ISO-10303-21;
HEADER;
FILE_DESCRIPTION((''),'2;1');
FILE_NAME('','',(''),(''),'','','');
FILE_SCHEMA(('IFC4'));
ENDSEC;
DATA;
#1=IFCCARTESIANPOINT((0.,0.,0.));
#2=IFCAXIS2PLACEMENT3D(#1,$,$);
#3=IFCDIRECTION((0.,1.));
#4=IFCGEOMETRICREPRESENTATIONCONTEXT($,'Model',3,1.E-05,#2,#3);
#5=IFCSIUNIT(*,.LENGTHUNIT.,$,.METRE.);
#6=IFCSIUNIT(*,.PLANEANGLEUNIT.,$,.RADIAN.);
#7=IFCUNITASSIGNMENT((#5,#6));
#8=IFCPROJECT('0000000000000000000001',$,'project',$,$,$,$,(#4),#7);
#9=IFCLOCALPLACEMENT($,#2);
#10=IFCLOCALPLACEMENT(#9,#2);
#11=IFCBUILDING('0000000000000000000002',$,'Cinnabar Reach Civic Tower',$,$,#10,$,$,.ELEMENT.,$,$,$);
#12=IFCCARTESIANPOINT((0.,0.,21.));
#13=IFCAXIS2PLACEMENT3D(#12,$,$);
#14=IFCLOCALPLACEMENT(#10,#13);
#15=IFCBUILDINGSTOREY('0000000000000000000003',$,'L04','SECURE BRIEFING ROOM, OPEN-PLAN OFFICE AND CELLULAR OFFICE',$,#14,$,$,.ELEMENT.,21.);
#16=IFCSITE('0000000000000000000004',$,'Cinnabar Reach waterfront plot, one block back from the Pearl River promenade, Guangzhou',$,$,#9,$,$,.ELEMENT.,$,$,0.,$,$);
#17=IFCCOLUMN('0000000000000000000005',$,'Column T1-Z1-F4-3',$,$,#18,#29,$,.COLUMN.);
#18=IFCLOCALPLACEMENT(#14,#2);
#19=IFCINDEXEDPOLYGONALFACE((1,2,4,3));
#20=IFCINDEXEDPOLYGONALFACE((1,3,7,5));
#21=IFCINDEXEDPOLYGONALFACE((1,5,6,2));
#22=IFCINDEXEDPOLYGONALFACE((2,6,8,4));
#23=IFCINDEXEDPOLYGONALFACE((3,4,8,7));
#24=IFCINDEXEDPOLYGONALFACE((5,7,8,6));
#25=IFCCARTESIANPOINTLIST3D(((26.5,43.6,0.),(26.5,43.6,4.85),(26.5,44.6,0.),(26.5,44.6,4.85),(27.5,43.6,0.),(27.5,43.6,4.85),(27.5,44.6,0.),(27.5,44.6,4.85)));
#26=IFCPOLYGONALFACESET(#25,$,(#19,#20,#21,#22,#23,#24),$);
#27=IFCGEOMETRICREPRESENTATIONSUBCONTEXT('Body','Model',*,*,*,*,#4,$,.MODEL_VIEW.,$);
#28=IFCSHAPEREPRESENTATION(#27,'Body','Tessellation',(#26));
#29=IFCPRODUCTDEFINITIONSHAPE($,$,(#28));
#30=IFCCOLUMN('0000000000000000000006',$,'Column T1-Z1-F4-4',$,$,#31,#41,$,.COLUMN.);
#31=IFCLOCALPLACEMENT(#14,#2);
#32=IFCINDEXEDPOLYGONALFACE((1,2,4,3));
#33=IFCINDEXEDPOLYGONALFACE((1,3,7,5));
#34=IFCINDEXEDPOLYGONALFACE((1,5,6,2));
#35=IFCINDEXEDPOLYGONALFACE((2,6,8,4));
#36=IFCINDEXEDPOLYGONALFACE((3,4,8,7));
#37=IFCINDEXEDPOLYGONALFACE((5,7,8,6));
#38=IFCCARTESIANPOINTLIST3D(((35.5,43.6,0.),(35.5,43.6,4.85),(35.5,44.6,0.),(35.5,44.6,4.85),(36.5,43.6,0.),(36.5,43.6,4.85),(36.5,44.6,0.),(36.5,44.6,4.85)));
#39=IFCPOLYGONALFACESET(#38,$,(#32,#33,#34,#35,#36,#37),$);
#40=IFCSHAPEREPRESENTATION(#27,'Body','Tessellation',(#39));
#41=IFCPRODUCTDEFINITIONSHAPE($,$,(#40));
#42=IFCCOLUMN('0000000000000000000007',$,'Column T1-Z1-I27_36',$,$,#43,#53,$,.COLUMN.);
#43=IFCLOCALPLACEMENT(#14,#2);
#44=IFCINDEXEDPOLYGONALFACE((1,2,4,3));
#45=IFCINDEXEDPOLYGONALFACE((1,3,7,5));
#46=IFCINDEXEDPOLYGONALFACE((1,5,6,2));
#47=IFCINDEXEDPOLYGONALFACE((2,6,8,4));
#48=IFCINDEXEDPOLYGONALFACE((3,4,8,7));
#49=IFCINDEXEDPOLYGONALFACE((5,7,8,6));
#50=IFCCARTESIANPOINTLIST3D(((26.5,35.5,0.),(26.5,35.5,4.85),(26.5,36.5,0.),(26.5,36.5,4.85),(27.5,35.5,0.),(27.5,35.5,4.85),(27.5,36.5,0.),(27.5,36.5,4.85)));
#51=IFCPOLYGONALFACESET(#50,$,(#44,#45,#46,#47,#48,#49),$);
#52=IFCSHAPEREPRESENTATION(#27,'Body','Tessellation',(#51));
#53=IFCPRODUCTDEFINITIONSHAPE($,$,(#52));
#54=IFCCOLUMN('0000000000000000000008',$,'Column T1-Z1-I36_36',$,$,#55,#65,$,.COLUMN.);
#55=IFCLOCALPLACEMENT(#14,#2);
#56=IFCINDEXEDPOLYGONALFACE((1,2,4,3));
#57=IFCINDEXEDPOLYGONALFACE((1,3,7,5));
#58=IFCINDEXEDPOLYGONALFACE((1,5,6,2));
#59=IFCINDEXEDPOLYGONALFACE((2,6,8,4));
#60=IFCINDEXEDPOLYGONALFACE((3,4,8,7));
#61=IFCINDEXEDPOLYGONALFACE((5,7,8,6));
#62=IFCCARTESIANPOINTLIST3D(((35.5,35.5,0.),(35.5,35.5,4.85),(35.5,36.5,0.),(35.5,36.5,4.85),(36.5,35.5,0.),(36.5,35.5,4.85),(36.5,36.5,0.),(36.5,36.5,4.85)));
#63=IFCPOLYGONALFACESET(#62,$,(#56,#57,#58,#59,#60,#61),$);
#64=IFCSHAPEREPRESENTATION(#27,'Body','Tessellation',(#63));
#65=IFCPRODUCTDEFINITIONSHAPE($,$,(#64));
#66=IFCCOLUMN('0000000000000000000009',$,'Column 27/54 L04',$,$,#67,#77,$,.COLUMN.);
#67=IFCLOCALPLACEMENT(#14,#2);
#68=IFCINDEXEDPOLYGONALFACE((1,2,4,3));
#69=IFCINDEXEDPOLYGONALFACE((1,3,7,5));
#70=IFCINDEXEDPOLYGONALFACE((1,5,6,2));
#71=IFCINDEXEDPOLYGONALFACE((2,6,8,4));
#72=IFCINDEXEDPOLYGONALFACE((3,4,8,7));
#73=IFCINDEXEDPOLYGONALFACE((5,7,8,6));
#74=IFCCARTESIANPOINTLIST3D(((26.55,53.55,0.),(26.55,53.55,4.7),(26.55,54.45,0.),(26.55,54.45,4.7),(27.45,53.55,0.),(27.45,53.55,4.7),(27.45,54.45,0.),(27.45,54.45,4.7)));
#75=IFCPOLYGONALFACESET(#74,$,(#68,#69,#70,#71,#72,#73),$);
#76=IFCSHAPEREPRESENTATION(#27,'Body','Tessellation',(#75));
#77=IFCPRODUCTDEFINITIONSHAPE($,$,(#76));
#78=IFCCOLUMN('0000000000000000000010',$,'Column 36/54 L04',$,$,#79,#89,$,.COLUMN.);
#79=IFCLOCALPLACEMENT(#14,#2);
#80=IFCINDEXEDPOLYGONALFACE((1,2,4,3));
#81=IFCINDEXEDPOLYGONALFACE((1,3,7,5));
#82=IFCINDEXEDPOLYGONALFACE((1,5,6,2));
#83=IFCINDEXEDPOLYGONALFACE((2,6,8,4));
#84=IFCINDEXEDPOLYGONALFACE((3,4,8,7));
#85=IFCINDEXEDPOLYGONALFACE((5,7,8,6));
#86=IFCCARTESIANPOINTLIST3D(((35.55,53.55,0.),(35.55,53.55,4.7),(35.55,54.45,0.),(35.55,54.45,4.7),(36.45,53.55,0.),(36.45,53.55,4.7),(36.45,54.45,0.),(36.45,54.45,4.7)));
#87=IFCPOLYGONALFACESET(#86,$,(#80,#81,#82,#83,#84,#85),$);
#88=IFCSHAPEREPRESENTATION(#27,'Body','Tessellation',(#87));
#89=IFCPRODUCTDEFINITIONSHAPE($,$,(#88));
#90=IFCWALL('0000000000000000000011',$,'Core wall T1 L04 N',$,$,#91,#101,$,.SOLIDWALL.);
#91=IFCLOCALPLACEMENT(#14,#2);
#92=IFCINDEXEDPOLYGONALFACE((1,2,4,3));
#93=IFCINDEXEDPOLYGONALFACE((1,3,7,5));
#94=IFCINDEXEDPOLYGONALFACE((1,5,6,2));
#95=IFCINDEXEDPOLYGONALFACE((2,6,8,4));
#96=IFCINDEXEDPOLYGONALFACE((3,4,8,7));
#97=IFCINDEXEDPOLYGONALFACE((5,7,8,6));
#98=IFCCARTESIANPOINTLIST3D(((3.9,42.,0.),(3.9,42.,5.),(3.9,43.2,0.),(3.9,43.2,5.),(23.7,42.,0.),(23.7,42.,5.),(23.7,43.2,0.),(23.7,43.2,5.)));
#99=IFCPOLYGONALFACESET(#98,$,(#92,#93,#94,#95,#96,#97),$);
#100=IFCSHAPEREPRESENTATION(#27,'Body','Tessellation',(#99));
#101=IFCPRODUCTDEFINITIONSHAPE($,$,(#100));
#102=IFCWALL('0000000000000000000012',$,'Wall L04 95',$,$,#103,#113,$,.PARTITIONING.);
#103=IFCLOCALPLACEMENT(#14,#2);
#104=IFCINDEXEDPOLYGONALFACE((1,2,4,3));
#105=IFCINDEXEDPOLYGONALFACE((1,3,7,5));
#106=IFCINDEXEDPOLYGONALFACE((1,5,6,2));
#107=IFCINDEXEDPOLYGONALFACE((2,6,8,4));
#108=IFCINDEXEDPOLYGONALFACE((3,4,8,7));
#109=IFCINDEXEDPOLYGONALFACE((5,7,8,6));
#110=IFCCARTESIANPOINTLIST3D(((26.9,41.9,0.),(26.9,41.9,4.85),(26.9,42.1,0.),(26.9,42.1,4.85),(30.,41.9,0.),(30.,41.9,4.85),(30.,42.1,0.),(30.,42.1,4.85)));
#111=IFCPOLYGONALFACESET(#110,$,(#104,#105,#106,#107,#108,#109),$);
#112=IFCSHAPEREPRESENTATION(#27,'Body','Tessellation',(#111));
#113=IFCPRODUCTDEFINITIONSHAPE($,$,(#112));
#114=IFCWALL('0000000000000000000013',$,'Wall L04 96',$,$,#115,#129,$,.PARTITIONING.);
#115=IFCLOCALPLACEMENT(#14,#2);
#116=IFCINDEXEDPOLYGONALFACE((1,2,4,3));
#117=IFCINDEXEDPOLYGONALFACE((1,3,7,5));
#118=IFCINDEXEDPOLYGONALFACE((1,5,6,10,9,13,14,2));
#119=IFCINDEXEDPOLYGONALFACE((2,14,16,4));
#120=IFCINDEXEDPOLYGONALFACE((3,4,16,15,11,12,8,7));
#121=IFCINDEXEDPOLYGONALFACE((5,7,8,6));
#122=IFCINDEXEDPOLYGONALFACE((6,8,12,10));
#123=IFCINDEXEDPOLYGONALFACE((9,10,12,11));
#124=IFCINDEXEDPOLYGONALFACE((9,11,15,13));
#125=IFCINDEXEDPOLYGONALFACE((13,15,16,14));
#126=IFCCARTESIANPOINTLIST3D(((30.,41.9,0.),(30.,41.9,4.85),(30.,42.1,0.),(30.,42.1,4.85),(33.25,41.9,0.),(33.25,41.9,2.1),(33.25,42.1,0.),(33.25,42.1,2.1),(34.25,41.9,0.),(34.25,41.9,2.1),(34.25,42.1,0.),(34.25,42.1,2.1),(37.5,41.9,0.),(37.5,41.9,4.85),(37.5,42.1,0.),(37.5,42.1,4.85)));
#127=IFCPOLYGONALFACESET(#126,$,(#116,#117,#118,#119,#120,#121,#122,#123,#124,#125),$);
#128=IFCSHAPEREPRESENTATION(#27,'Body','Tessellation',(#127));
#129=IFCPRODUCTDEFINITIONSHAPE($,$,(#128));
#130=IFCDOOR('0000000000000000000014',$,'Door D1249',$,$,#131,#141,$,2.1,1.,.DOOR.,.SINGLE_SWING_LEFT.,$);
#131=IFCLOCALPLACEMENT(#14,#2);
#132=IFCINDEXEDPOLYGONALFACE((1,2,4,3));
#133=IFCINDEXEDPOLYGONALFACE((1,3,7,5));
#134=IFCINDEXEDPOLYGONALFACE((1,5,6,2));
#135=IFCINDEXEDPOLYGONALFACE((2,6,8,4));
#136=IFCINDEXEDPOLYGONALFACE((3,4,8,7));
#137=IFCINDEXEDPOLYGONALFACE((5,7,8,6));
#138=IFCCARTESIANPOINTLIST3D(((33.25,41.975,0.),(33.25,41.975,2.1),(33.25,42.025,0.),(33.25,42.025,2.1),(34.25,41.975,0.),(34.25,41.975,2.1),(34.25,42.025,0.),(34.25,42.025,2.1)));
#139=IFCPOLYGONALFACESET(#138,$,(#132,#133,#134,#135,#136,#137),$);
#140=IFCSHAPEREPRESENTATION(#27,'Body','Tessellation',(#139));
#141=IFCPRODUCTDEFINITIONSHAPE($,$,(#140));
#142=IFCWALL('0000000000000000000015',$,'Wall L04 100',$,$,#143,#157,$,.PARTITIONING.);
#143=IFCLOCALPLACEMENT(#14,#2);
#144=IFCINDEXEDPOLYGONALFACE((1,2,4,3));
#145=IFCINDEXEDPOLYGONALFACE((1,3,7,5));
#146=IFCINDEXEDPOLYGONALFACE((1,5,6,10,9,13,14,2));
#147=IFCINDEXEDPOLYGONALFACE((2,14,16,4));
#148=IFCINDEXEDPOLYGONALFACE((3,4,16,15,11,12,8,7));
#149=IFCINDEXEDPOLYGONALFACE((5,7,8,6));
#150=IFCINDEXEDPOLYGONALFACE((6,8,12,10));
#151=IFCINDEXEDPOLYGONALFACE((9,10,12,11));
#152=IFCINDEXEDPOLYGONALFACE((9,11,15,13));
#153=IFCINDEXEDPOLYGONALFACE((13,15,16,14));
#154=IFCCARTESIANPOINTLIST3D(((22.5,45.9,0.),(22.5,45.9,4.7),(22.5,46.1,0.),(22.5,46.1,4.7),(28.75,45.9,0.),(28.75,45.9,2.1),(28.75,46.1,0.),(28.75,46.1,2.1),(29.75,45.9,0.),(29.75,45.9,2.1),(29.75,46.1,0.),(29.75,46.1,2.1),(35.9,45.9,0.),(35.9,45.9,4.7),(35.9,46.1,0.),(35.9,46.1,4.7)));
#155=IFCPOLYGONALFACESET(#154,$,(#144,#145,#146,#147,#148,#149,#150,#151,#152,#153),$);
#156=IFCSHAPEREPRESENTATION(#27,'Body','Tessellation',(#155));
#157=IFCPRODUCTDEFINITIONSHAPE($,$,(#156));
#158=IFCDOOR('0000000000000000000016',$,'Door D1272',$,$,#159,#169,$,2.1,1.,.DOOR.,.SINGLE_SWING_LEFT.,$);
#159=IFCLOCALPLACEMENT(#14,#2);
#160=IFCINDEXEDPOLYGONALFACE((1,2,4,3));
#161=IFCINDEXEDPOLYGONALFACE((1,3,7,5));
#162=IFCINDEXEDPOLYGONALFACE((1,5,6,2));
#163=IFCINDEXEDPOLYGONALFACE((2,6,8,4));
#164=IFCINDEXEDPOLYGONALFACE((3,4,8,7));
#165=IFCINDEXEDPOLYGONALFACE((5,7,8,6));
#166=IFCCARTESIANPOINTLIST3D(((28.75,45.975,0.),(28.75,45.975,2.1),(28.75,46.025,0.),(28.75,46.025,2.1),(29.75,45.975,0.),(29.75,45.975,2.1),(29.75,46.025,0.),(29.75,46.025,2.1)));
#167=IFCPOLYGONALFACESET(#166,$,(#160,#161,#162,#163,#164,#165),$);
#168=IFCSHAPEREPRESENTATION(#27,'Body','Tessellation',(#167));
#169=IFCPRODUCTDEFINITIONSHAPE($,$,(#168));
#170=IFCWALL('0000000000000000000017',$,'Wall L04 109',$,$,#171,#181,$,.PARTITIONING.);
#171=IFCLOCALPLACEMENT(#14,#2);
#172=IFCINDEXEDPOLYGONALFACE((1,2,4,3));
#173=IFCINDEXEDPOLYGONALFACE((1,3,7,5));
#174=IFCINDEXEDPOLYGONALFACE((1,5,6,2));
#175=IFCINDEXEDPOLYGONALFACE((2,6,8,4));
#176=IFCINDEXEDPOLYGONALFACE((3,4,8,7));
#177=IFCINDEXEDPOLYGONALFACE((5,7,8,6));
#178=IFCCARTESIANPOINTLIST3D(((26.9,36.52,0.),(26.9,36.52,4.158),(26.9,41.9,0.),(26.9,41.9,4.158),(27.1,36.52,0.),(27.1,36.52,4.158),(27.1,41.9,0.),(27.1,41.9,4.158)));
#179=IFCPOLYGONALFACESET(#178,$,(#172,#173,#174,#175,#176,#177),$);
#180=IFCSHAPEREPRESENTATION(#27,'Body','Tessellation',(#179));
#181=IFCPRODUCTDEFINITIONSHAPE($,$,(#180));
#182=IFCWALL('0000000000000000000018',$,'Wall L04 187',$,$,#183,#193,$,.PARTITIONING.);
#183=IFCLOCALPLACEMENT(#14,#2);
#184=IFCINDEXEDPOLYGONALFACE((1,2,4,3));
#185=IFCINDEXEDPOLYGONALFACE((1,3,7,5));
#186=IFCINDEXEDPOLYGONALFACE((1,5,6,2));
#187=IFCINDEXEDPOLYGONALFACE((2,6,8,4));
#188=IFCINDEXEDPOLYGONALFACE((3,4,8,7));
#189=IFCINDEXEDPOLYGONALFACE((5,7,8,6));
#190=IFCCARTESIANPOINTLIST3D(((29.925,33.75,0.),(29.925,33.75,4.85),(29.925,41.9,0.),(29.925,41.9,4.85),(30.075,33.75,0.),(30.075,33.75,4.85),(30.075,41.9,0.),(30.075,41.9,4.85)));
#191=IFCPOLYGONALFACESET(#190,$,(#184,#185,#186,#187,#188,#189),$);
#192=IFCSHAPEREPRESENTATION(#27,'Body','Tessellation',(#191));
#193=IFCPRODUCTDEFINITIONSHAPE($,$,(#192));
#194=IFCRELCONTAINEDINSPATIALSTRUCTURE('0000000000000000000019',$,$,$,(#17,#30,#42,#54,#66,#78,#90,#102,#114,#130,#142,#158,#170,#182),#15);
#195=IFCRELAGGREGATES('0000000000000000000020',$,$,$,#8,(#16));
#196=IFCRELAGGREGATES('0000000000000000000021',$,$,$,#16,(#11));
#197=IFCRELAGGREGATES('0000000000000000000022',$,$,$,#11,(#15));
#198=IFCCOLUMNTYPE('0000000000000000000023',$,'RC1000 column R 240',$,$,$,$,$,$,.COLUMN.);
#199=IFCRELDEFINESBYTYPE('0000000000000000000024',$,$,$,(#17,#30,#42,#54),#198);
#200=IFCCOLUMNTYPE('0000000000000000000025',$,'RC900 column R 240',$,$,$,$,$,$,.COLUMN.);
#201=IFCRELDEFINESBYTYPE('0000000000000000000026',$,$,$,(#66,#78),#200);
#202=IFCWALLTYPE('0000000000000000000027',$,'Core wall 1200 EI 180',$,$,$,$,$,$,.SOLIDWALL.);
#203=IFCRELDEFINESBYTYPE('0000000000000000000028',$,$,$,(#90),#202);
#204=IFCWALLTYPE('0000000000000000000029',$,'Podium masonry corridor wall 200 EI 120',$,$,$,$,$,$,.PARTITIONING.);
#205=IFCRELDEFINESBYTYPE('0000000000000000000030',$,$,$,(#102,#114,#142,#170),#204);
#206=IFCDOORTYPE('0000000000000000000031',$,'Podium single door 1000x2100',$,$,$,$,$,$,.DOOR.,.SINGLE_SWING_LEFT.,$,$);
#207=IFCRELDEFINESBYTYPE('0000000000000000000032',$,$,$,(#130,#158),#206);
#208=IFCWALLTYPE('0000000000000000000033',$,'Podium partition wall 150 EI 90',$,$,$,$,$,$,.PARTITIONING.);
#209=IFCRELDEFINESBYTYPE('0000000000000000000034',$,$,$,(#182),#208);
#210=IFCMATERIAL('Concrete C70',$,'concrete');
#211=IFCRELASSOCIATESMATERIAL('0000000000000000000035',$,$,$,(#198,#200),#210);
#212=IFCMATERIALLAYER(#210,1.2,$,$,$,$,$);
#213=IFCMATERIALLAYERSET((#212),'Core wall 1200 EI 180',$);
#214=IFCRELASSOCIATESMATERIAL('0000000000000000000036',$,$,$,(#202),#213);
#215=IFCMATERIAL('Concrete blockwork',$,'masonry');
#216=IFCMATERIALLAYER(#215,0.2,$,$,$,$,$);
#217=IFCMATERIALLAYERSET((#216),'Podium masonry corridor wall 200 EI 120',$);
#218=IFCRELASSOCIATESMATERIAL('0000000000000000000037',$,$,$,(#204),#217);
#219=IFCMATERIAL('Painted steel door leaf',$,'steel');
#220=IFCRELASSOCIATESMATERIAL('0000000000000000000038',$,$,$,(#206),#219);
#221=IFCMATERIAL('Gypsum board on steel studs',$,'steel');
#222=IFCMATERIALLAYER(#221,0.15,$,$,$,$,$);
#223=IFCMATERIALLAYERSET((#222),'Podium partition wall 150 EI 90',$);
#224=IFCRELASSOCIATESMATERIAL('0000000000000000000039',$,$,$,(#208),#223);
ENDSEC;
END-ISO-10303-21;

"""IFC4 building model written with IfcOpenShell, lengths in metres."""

from ifc_helpers import new_model, si_unit, direction, frame, frame_2d, origin, origin_2d, place, context, subcontext, project, spatial, rectangle, extrude, material, layer, layer_set, material_profile, profile_set, type_object, element, fill, save


model = new_model("IFC4")

# Units and contexts
model_context = context("Model", 3, precision=1e-05, world=origin(), true_north=direction((0.0, 1.0)))
body_context = subcontext(model_context, "Body", "Model", "MODEL_VIEW")
ifc_project = project(units=[si_unit("LENGTHUNIT", "METRE"), si_unit("PLANEANGLEUNIT", "RADIAN")], contexts=[model_context])

# Site, building, storey
site_placement = place(None, origin())
site = spatial("IfcSite", under=ifc_project, at=site_placement, Name="Cinnabar Reach waterfront plot, one block back from the Pearl River promenade, Guangzhou", CompositionType="ELEMENT", RefElevation=0.0)
building_placement = place(site_placement, origin())
building = spatial("IfcBuilding", under=site, at=building_placement, Name="Cinnabar Reach Civic Tower", CompositionType="ELEMENT")
storey_placement = place(building_placement, frame((0.0, 0.0, 21.0)))
storey = spatial("IfcBuildingStorey", under=building, at=storey_placement, Name="L04", Description="SECURE BRIEFING ROOM, OPEN-PLAN OFFICE AND CELLULAR OFFICE", CompositionType="ELEMENT", Elevation=21.0)

# Columns
ifc_material_1 = material(Name="Concrete C70", Category="concrete")
ifc_material_profile_1 = material_profile(ifc_material_1, rectangle(XDim=1.0, YDim=1.0, at=origin_2d()), Name="RC1000")
ifc_profile_set_1 = profile_set([ifc_material_profile_1], Name="Concrete C70")
column_type_1 = type_object("IfcColumnType", Name="RC1000 column R 240", PredefinedType="COLUMN", material=ifc_profile_set_1)
for number, where, z_axis, x_axis, name in (
    (1, (27.0, 44.1, 0.0), (0.0, 0.0, 1.0), (1.0, 0.0, 0.0), "Column T1-Z1-F4-3"),
    (2, (36.0, 44.1, 0.0), (0.0, 0.0, 1.0), (1.0, 0.0, 0.0), "Column T1-Z1-F4-4"),
    (3, (27.0, 36.0, 0.0), (0.0, 0.0, 1.0), (1.0, 0.0, 0.0), "Column T1-Z1-I27_36"),
    (4, (36.0, 36.0, 0.0), (0.0, 0.0, 1.0), (1.0, 0.0, 0.0), "Column T1-Z1-I36_36"),
):
    element("IfcColumn", number, at=place(storey_placement, frame(where, z_axis=z_axis, x_axis=x_axis)), inside=storey, type_object=column_type_1, Name=name, PredefinedType="COLUMN", context=body_context, shape_type="SweptSolid", body=[
        extrude(rectangle(XDim=1.0, YDim=1.0, at=origin_2d()), origin(), (0.0, 0.0, 1.0), 4.85),
    ])
ifc_material_profile_2 = material_profile(ifc_material_1, rectangle(XDim=0.9, YDim=0.9, at=origin_2d()), Name="RC900")
ifc_profile_set_2 = profile_set([ifc_material_profile_2], Name="Concrete C70")
column_type_2 = type_object("IfcColumnType", Name="RC900 column R 240", PredefinedType="COLUMN", material=ifc_profile_set_2)
for number, where, z_axis, x_axis, name in (
    (5, (27.0, 54.0, 0.0), (0.0, 0.0, 1.0), (1.0, 0.0, 0.0), "Column 27/54 L04"),
    (6, (36.0, 54.0, 0.0), (0.0, 0.0, 1.0), (1.0, 0.0, 0.0), "Column 36/54 L04"),
):
    element("IfcColumn", number, at=place(storey_placement, frame(where, z_axis=z_axis, x_axis=x_axis)), inside=storey, type_object=column_type_2, Name=name, PredefinedType="COLUMN", context=body_context, shape_type="SweptSolid", body=[
        extrude(rectangle(XDim=0.9, YDim=0.9, at=origin_2d()), origin(), (0.0, 0.0, 1.0), 4.7),
    ])

# Walls
ifc_layer_1 = layer(ifc_material_1, 1.2)
ifc_layer_set_1 = layer_set([ifc_layer_1], Name="Core wall 1200 EI 180")
wall_type_1 = type_object("IfcWallType", Name="Core wall 1200 EI 180", PredefinedType="SOLIDWALL", material=ifc_layer_set_1)
wall_1_placement = place(storey_placement, frame((23.7, 42.6, 0.0), z_axis=(0.0, 0.0, 1.0), x_axis=(-1.0, 0.0, 0.0)))
element("IfcWall", 7, at=wall_1_placement, inside=storey, type_object=wall_type_1, Name="Core wall T1 L04 N", PredefinedType="SOLIDWALL", context=body_context, shape_type="SweptSolid", body=[
    extrude(rectangle(XDim=19.8, YDim=1.2, at=frame_2d((9.9, 0.0))), origin(), (0.0, 0.0, 1.0), 5.0),
])
ifc_material_2 = material(Name="Concrete blockwork", Category="masonry")
ifc_layer_2 = layer(ifc_material_2, 0.2)
ifc_layer_set_2 = layer_set([ifc_layer_2], Name="Podium masonry corridor wall 200 EI 120")
wall_type_2 = type_object("IfcWallType", Name="Podium masonry corridor wall 200 EI 120", PredefinedType="PARTITIONING", material=ifc_layer_set_2)
wall_2_placement = place(storey_placement, frame((26.9, 42.0, 0.0), z_axis=(0.0, 0.0, 1.0), x_axis=(1.0, 0.0, 0.0)))
element("IfcWall", 8, at=wall_2_placement, inside=storey, type_object=wall_type_2, Name="Wall L04 95", PredefinedType="PARTITIONING", context=body_context, shape_type="SweptSolid", body=[
    extrude(rectangle(XDim=3.1, YDim=0.2, at=frame_2d((1.55, 0.0))), origin(), (0.0, 0.0, 1.0), 4.85),
])

# Walls, openings, doors
wall_3_placement = place(storey_placement, frame((30.0, 42.0, 0.0), z_axis=(0.0, 0.0, 1.0), x_axis=(1.0, 0.0, 0.0)))
wall_3 = element("IfcWall", 9, at=wall_3_placement, inside=storey, type_object=wall_type_2, Name="Wall L04 96", PredefinedType="PARTITIONING", context=body_context, shape_type="SweptSolid", body=[
    extrude(rectangle(XDim=7.5, YDim=0.2, at=frame_2d((3.75, 0.0))), origin(), (0.0, 0.0, 1.0), 4.85),
])
opening_1_placement = place(wall_3_placement, frame((3.25, 0.0, 0.0)))
opening_1 = element("IfcOpeningElement", 10, at=opening_1_placement, cuts=wall_3, PredefinedType="OPENING", context=body_context, shape_type="SweptSolid", body=[
    extrude(rectangle(XDim=1.0, YDim=2.1, at=frame_2d((0.5, 1.05))), frame((0.0, 0.11, 0.0), z_axis=(0.0, -1.0, 0.0), x_axis=(1.0, 0.0, 0.0)), (0.0, 0.0, 1.0), 0.22),
])
ifc_material_3 = material(Name="Painted steel door leaf", Category="steel")
door_type_1 = type_object("IfcDoorType", Name="Podium single door 1000x2100", OperationType="SINGLE_SWING_LEFT", PredefinedType="DOOR", material=ifc_material_3)
door_1_placement = place(opening_1_placement, frame((1.0, 0.0, 0.0), z_axis=(0.0, 0.0, 1.0), x_axis=(-1.0, 0.0, 0.0)))
door_1 = element("IfcDoor", 11, at=door_1_placement, inside=storey, type_object=door_type_1, Name="Door D1249", OperationType="SINGLE_SWING_LEFT", OverallHeight=2.1, OverallWidth=1.0, PredefinedType="DOOR", context=body_context, shape_type="SweptSolid", body=[
    extrude(rectangle(XDim=1.0, YDim=2.1, at=frame_2d((0.5, 1.05))), frame((0.0, 0.025, 0.0), z_axis=(0.0, -1.0, 0.0), x_axis=(1.0, 0.0, 0.0)), (0.0, 0.0, 1.0), 0.05),
])
fill(opening_1, door_1)
wall_4_placement = place(storey_placement, frame((22.5, 46.0, 0.0), z_axis=(0.0, 0.0, 1.0), x_axis=(1.0, 0.0, 0.0)))
wall_4 = element("IfcWall", 12, at=wall_4_placement, inside=storey, type_object=wall_type_2, Name="Wall L04 100", PredefinedType="PARTITIONING", context=body_context, shape_type="SweptSolid", body=[
    extrude(rectangle(XDim=13.4, YDim=0.2, at=frame_2d((6.7, 0.0))), origin(), (0.0, 0.0, 1.0), 4.7),
])
opening_2_placement = place(wall_4_placement, frame((6.25, 0.0, 0.0)))
opening_2 = element("IfcOpeningElement", 13, at=opening_2_placement, cuts=wall_4, PredefinedType="OPENING", context=body_context, shape_type="SweptSolid", body=[
    extrude(rectangle(XDim=1.0, YDim=2.1, at=frame_2d((0.5, 1.05))), frame((0.0, 0.11, 0.0), z_axis=(0.0, -1.0, 0.0), x_axis=(1.0, 0.0, 0.0)), (0.0, 0.0, 1.0), 0.22),
])
door_2_placement = place(opening_2_placement, origin())
door_2 = element("IfcDoor", 14, at=door_2_placement, inside=storey, type_object=door_type_1, Name="Door D1272", OperationType="SINGLE_SWING_LEFT", OverallHeight=2.1, OverallWidth=1.0, PredefinedType="DOOR", context=body_context, shape_type="SweptSolid", body=[
    extrude(rectangle(XDim=1.0, YDim=2.1, at=frame_2d((0.5, 1.05))), frame((0.0, 0.025, 0.0), z_axis=(0.0, -1.0, 0.0), x_axis=(1.0, 0.0, 0.0)), (0.0, 0.0, 1.0), 0.05),
])
fill(opening_2, door_2)

# Walls
wall_5_placement = place(storey_placement, frame((27.0, 36.52, 0.0), z_axis=(0.0, 0.0, 1.0), x_axis=(0.0, 1.0, 0.0)))
element("IfcWall", 15, at=wall_5_placement, inside=storey, type_object=wall_type_2, Name="Wall L04 109", PredefinedType="PARTITIONING", context=body_context, shape_type="SweptSolid", body=[
    extrude(rectangle(XDim=5.38, YDim=0.2, at=frame_2d((2.69, 0.0))), origin(), (0.0, 0.0, 1.0), 4.158),
])
ifc_material_4 = material(Name="Gypsum board on steel studs", Category="steel")
ifc_layer_3 = layer(ifc_material_4, 0.15)
ifc_layer_set_3 = layer_set([ifc_layer_3], Name="Podium partition wall 150 EI 90")
wall_type_3 = type_object("IfcWallType", Name="Podium partition wall 150 EI 90", PredefinedType="PARTITIONING", material=ifc_layer_set_3)
wall_6_placement = place(storey_placement, frame((30.0, 33.75, 0.0), z_axis=(0.0, 0.0, 1.0), x_axis=(0.0, 1.0, 0.0)))
element("IfcWall", 16, at=wall_6_placement, inside=storey, type_object=wall_type_3, Name="Wall L04 187", PredefinedType="PARTITIONING", context=body_context, shape_type="SweptSolid", body=[
    extrude(rectangle(XDim=8.15, YDim=0.15, at=frame_2d((4.075, 0.0))), origin(), (0.0, 0.0, 1.0), 4.85),
])

save(model, "model.ifc")
